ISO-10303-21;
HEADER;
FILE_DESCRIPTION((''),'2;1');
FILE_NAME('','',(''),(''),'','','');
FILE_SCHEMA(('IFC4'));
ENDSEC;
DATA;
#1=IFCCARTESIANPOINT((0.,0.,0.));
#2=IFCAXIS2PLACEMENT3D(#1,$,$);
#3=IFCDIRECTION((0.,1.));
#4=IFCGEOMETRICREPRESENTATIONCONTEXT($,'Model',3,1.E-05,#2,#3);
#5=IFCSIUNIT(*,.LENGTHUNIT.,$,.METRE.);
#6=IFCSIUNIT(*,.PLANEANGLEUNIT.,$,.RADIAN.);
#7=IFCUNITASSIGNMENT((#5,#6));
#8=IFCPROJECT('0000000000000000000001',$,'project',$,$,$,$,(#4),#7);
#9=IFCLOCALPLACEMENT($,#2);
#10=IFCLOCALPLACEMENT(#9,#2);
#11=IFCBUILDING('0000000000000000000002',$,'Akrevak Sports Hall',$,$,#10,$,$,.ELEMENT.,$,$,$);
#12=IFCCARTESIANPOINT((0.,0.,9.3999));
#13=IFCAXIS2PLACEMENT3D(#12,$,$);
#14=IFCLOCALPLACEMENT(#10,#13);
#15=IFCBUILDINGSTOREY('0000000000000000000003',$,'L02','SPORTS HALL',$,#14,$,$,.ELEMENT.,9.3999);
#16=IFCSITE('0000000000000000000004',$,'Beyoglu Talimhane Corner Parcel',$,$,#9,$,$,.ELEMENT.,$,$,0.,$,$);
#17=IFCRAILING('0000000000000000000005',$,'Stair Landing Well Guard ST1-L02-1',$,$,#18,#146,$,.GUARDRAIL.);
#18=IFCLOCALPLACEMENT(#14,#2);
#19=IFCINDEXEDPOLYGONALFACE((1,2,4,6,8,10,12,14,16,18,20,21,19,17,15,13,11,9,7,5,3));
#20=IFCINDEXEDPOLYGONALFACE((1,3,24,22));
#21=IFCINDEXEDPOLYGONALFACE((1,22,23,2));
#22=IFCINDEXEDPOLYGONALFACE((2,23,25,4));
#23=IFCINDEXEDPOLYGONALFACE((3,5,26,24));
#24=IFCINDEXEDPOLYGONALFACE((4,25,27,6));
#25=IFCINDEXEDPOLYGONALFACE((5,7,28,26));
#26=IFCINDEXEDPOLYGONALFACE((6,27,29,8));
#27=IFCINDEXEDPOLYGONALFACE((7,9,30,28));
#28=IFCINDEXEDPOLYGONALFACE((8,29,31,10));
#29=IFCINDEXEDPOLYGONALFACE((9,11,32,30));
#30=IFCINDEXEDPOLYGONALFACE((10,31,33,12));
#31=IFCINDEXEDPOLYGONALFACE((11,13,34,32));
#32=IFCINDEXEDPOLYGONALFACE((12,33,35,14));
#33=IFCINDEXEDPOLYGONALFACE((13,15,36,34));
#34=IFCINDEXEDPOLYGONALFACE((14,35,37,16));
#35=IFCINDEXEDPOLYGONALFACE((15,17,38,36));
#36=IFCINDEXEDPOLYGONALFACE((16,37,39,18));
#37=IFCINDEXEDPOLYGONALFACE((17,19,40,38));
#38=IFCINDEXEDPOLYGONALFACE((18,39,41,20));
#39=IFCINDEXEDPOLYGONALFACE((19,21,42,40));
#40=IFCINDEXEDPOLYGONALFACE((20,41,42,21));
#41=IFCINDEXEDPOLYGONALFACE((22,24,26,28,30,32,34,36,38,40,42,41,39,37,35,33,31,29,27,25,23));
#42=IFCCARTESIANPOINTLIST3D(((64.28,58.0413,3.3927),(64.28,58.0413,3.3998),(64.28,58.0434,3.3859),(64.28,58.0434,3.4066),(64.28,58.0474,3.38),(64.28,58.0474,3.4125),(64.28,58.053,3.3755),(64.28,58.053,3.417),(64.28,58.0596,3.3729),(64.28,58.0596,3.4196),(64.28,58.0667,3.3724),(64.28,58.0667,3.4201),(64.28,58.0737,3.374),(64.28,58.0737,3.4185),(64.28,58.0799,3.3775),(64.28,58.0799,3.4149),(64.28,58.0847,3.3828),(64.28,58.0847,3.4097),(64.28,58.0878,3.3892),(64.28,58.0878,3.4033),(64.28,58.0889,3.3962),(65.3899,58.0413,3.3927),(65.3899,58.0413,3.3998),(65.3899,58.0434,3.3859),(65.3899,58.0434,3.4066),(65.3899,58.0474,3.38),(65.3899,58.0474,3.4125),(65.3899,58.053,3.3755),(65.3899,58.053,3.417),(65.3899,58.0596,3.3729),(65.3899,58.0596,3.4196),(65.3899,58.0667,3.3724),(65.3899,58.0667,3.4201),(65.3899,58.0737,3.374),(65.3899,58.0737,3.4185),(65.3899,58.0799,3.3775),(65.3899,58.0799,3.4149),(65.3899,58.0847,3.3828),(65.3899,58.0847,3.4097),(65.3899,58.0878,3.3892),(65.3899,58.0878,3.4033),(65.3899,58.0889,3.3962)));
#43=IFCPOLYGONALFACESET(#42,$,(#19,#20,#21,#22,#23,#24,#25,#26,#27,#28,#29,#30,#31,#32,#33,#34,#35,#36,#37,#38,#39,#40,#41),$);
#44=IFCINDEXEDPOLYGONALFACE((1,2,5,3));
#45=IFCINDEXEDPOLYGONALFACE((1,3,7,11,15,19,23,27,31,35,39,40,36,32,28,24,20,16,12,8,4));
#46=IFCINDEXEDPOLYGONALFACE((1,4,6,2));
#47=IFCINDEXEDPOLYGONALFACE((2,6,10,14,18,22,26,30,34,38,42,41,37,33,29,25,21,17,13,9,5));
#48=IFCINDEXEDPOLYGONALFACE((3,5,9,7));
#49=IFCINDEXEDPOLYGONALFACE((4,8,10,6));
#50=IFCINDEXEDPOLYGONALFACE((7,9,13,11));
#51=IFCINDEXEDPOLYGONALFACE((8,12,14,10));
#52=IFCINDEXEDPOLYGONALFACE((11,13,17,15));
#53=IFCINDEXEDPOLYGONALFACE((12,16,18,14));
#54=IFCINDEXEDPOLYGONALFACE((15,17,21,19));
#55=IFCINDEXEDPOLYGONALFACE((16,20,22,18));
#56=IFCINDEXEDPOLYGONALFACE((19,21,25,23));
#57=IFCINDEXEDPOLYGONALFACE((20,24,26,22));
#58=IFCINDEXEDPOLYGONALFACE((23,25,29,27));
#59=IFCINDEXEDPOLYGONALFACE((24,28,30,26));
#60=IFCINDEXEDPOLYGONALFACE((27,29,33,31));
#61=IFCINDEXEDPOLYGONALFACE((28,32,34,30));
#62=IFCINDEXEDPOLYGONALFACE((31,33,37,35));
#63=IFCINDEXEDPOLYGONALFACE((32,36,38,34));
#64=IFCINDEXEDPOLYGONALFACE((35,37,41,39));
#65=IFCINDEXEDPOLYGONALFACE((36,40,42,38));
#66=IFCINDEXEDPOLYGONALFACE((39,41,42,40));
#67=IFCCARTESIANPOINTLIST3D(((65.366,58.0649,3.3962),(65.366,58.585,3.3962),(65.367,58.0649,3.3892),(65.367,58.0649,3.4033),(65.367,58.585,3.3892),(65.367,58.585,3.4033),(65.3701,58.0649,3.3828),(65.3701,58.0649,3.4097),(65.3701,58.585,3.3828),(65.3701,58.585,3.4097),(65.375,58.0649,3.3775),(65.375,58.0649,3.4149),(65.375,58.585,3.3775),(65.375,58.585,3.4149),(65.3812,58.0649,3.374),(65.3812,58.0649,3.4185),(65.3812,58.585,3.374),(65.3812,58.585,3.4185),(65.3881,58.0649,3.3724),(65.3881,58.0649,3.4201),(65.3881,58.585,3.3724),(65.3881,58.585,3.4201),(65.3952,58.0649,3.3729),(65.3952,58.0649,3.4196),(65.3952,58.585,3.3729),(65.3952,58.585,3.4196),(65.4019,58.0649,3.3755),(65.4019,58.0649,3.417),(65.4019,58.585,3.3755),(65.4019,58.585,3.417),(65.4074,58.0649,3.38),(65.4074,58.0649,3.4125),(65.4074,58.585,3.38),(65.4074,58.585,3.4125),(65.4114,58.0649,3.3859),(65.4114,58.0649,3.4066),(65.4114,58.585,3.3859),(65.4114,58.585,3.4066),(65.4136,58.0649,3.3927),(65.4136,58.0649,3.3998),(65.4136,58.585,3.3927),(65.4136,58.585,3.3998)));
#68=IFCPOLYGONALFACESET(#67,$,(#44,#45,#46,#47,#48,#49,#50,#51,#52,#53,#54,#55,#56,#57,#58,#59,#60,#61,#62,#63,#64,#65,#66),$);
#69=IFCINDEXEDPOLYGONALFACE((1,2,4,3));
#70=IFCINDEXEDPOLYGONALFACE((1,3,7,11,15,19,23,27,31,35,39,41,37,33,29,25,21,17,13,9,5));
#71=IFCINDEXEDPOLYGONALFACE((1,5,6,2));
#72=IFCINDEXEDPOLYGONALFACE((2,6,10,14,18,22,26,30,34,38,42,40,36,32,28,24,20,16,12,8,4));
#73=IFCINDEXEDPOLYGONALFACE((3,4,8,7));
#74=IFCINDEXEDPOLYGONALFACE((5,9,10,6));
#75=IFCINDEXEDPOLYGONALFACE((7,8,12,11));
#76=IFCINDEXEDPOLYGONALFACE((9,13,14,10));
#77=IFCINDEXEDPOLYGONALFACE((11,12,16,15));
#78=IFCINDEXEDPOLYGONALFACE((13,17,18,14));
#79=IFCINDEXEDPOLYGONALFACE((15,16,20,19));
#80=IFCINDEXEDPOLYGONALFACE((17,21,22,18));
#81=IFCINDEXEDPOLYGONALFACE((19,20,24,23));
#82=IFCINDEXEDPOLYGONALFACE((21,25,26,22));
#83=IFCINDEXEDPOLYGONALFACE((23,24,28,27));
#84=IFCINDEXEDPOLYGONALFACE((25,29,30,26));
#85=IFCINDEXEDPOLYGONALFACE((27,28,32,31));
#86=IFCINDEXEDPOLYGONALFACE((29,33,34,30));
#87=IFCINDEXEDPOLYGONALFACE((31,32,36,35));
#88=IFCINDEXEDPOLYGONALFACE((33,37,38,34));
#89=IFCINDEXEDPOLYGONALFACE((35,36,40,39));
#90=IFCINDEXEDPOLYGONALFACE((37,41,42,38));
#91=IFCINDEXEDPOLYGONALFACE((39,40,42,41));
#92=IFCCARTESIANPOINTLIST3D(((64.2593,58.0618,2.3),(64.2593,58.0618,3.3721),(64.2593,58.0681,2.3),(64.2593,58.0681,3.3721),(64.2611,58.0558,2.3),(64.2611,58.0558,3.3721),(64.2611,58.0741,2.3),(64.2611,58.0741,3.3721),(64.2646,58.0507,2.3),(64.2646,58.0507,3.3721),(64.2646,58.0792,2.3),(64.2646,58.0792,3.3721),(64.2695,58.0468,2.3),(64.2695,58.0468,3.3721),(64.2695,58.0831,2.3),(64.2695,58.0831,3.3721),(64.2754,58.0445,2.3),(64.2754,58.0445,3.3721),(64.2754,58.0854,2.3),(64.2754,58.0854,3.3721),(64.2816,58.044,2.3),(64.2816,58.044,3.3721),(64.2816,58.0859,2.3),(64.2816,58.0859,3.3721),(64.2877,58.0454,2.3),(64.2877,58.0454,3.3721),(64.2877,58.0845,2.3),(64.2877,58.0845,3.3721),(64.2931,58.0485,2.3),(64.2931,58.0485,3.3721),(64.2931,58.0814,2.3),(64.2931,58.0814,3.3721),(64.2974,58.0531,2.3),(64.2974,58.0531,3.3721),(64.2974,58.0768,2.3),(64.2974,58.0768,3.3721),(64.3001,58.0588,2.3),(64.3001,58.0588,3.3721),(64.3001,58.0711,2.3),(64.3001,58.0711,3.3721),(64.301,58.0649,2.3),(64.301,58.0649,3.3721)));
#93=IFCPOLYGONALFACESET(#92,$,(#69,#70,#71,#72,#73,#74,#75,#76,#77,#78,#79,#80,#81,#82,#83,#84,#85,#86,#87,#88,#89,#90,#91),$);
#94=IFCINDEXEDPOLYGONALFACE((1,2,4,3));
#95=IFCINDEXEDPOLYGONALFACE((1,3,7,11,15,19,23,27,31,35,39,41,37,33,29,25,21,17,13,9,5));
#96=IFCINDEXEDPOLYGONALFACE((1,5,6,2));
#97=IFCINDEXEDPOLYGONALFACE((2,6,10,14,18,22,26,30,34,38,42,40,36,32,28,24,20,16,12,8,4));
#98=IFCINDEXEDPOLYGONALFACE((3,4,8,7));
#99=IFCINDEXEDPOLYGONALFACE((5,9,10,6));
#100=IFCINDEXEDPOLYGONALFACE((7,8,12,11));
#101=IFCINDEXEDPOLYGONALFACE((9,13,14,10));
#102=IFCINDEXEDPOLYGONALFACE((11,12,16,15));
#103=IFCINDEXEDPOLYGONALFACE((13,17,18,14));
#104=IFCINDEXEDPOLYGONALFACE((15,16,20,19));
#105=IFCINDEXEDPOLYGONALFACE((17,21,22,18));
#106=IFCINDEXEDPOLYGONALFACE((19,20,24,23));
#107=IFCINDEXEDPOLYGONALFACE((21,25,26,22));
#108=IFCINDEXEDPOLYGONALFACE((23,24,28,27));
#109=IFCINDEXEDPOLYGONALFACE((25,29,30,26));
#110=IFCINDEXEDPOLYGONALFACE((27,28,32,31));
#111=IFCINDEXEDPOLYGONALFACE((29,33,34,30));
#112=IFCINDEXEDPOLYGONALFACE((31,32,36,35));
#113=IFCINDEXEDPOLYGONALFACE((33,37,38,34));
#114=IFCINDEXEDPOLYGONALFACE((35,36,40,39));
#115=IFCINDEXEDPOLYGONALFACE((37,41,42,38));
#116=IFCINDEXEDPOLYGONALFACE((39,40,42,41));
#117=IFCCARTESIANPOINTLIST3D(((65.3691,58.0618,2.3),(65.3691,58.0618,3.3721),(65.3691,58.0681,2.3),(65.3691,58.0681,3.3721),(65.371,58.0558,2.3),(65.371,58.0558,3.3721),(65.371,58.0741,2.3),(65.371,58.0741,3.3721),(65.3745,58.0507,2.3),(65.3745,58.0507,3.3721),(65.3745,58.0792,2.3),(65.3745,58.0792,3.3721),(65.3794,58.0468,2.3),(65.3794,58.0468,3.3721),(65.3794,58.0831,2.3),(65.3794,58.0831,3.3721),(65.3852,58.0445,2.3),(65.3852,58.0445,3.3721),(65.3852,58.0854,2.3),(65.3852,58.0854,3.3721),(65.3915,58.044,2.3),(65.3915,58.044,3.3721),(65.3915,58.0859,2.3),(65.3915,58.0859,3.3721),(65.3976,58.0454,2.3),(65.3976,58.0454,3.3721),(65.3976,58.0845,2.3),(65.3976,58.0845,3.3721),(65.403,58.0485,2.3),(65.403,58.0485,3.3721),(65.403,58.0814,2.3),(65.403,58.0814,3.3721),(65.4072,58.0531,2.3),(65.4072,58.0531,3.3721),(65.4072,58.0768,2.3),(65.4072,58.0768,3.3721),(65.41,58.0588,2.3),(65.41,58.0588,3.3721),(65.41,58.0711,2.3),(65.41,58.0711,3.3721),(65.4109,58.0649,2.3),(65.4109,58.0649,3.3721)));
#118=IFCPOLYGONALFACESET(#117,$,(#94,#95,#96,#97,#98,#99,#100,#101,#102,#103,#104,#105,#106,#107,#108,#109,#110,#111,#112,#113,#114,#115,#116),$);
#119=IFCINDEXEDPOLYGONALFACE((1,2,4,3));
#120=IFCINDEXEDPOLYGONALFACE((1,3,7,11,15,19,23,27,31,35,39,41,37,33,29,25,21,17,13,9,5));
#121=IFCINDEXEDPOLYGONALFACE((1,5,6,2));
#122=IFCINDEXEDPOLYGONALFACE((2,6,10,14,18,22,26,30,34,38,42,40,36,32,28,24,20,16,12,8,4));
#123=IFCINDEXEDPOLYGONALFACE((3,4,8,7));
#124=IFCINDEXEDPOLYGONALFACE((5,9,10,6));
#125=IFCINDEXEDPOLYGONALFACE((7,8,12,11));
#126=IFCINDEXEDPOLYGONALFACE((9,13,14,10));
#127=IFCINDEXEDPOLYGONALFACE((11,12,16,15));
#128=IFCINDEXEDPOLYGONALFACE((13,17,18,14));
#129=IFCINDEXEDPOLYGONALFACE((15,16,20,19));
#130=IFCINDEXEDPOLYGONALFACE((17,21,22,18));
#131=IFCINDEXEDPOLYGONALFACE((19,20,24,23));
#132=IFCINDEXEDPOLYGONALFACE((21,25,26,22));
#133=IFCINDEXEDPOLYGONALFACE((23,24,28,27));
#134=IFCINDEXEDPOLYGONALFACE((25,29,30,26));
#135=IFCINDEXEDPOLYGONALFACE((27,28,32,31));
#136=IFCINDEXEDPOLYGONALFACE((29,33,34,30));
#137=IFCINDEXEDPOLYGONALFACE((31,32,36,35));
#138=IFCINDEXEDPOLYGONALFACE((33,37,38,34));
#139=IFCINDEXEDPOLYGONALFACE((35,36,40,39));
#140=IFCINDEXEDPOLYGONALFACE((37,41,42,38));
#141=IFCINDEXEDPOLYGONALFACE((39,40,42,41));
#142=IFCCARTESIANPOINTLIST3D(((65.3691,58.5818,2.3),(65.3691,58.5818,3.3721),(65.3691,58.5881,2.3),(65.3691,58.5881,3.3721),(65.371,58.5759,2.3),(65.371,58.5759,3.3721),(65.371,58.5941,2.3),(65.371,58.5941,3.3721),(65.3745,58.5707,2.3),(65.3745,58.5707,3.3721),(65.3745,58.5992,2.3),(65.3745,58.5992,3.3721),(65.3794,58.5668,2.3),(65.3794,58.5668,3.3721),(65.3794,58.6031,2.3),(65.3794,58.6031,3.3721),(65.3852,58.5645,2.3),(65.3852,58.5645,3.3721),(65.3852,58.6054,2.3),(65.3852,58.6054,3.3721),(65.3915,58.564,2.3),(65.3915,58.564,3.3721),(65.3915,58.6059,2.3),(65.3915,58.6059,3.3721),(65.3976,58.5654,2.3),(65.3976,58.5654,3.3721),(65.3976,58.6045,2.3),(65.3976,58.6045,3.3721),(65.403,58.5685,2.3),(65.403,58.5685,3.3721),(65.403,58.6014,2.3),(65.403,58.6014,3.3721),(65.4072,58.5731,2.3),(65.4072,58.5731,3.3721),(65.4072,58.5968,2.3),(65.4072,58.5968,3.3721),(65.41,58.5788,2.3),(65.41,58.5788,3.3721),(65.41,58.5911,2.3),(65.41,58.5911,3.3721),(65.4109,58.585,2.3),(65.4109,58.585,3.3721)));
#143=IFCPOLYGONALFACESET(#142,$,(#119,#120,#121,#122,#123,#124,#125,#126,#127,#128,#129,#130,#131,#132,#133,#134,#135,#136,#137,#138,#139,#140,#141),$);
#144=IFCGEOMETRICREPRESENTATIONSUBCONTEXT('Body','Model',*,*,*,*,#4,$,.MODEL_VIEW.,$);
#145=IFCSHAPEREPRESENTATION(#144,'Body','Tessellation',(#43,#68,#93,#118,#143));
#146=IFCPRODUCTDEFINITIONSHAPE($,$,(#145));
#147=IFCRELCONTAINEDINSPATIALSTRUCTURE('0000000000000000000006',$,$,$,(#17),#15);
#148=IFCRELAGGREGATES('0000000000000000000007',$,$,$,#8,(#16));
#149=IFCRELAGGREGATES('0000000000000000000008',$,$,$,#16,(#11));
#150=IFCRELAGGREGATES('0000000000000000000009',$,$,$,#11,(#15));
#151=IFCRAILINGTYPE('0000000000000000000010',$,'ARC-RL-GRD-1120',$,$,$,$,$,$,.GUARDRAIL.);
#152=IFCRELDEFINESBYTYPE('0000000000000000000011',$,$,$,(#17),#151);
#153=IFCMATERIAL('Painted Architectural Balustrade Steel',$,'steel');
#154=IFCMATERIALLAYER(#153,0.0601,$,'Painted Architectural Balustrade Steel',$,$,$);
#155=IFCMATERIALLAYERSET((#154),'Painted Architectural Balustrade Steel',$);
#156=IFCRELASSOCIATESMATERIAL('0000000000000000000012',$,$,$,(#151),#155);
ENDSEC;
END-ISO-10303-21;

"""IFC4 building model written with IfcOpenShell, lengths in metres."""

from ifc_helpers import new_model, si_unit, direction, frame, origin, origin_2d, place, context, subcontext, project, spatial, circle, extrude, material, layer, layer_set, type_object, element, save


model = new_model("IFC4")

# Units and contexts
model_context = context("Model", 3, precision=1e-05, world=origin(), true_north=direction((0.0, 1.0)))
body_context = subcontext(model_context, "Body", "Model", "MODEL_VIEW")
ifc_project = project(units=[si_unit("LENGTHUNIT", "METRE"), si_unit("PLANEANGLEUNIT", "RADIAN")], contexts=[model_context])

# Site, building, storey
site_placement = place(None, origin())
site = spatial("IfcSite", under=ifc_project, at=site_placement, Name="Beyoglu Talimhane Corner Parcel", CompositionType="ELEMENT", RefElevation=0.0)
building_placement = place(site_placement, origin())
building = spatial("IfcBuilding", under=site, at=building_placement, Name="Akrevak Sports Hall", CompositionType="ELEMENT")
storey_placement = place(building_placement, frame((0.0, 0.0, 9.3999)))
storey = spatial("IfcBuildingStorey", under=building, at=storey_placement, Name="L02", Description="SPORTS HALL", CompositionType="ELEMENT", Elevation=9.3999)

# Railing
ifc_material_1 = material(Name="Painted Architectural Balustrade Steel", Category="steel")
ifc_layer_1 = layer(ifc_material_1, 0.0601, Name="Painted Architectural Balustrade Steel")
ifc_layer_set_1 = layer_set([ifc_layer_1], Name="Painted Architectural Balustrade Steel")
railing_type_1 = type_object("IfcRailingType", Name="ARC-RL-GRD-1120", PredefinedType="GUARDRAIL", material=ifc_layer_set_1)
railing_1_placement = place(storey_placement, frame((64.28, 58.0649, 2.3)))
element("IfcRailing", 1, at=railing_1_placement, inside=storey, type_object=railing_type_1, Name="Stair Landing Well Guard ST1-L02-1", PredefinedType="GUARDRAIL", context=body_context, shape_type="SweptSolid", body=[
    extrude(circle(Radius=0.0239, at=origin_2d()), frame((0.0, 0.0, 1.0962), z_axis=(1.0, 0.0, 0.0), x_axis=(0.0, 1.0, 0.0)), (0.0, 0.0, 1.0), 1.1099),
    extrude(circle(Radius=0.0239, at=origin_2d()), frame((1.1099, 0.0, 1.0962), z_axis=(0.0, 1.0, 0.0), x_axis=(-1.0, 0.0, 0.0)), (0.0, 0.0, 1.0), 0.52),
    extrude(circle(Radius=0.021, at=origin_2d()), origin(), (0.0, 0.0, 1.0), 1.072),
    extrude(circle(Radius=0.021, at=origin_2d()), frame((1.1099, 0.0, 0.0)), (0.0, 0.0, 1.0), 1.072),
    extrude(circle(Radius=0.021, at=origin_2d()), frame((1.1099, 0.52, 0.0)), (0.0, 0.0, 1.0), 1.072),
])

save(model, "model.ifc")
